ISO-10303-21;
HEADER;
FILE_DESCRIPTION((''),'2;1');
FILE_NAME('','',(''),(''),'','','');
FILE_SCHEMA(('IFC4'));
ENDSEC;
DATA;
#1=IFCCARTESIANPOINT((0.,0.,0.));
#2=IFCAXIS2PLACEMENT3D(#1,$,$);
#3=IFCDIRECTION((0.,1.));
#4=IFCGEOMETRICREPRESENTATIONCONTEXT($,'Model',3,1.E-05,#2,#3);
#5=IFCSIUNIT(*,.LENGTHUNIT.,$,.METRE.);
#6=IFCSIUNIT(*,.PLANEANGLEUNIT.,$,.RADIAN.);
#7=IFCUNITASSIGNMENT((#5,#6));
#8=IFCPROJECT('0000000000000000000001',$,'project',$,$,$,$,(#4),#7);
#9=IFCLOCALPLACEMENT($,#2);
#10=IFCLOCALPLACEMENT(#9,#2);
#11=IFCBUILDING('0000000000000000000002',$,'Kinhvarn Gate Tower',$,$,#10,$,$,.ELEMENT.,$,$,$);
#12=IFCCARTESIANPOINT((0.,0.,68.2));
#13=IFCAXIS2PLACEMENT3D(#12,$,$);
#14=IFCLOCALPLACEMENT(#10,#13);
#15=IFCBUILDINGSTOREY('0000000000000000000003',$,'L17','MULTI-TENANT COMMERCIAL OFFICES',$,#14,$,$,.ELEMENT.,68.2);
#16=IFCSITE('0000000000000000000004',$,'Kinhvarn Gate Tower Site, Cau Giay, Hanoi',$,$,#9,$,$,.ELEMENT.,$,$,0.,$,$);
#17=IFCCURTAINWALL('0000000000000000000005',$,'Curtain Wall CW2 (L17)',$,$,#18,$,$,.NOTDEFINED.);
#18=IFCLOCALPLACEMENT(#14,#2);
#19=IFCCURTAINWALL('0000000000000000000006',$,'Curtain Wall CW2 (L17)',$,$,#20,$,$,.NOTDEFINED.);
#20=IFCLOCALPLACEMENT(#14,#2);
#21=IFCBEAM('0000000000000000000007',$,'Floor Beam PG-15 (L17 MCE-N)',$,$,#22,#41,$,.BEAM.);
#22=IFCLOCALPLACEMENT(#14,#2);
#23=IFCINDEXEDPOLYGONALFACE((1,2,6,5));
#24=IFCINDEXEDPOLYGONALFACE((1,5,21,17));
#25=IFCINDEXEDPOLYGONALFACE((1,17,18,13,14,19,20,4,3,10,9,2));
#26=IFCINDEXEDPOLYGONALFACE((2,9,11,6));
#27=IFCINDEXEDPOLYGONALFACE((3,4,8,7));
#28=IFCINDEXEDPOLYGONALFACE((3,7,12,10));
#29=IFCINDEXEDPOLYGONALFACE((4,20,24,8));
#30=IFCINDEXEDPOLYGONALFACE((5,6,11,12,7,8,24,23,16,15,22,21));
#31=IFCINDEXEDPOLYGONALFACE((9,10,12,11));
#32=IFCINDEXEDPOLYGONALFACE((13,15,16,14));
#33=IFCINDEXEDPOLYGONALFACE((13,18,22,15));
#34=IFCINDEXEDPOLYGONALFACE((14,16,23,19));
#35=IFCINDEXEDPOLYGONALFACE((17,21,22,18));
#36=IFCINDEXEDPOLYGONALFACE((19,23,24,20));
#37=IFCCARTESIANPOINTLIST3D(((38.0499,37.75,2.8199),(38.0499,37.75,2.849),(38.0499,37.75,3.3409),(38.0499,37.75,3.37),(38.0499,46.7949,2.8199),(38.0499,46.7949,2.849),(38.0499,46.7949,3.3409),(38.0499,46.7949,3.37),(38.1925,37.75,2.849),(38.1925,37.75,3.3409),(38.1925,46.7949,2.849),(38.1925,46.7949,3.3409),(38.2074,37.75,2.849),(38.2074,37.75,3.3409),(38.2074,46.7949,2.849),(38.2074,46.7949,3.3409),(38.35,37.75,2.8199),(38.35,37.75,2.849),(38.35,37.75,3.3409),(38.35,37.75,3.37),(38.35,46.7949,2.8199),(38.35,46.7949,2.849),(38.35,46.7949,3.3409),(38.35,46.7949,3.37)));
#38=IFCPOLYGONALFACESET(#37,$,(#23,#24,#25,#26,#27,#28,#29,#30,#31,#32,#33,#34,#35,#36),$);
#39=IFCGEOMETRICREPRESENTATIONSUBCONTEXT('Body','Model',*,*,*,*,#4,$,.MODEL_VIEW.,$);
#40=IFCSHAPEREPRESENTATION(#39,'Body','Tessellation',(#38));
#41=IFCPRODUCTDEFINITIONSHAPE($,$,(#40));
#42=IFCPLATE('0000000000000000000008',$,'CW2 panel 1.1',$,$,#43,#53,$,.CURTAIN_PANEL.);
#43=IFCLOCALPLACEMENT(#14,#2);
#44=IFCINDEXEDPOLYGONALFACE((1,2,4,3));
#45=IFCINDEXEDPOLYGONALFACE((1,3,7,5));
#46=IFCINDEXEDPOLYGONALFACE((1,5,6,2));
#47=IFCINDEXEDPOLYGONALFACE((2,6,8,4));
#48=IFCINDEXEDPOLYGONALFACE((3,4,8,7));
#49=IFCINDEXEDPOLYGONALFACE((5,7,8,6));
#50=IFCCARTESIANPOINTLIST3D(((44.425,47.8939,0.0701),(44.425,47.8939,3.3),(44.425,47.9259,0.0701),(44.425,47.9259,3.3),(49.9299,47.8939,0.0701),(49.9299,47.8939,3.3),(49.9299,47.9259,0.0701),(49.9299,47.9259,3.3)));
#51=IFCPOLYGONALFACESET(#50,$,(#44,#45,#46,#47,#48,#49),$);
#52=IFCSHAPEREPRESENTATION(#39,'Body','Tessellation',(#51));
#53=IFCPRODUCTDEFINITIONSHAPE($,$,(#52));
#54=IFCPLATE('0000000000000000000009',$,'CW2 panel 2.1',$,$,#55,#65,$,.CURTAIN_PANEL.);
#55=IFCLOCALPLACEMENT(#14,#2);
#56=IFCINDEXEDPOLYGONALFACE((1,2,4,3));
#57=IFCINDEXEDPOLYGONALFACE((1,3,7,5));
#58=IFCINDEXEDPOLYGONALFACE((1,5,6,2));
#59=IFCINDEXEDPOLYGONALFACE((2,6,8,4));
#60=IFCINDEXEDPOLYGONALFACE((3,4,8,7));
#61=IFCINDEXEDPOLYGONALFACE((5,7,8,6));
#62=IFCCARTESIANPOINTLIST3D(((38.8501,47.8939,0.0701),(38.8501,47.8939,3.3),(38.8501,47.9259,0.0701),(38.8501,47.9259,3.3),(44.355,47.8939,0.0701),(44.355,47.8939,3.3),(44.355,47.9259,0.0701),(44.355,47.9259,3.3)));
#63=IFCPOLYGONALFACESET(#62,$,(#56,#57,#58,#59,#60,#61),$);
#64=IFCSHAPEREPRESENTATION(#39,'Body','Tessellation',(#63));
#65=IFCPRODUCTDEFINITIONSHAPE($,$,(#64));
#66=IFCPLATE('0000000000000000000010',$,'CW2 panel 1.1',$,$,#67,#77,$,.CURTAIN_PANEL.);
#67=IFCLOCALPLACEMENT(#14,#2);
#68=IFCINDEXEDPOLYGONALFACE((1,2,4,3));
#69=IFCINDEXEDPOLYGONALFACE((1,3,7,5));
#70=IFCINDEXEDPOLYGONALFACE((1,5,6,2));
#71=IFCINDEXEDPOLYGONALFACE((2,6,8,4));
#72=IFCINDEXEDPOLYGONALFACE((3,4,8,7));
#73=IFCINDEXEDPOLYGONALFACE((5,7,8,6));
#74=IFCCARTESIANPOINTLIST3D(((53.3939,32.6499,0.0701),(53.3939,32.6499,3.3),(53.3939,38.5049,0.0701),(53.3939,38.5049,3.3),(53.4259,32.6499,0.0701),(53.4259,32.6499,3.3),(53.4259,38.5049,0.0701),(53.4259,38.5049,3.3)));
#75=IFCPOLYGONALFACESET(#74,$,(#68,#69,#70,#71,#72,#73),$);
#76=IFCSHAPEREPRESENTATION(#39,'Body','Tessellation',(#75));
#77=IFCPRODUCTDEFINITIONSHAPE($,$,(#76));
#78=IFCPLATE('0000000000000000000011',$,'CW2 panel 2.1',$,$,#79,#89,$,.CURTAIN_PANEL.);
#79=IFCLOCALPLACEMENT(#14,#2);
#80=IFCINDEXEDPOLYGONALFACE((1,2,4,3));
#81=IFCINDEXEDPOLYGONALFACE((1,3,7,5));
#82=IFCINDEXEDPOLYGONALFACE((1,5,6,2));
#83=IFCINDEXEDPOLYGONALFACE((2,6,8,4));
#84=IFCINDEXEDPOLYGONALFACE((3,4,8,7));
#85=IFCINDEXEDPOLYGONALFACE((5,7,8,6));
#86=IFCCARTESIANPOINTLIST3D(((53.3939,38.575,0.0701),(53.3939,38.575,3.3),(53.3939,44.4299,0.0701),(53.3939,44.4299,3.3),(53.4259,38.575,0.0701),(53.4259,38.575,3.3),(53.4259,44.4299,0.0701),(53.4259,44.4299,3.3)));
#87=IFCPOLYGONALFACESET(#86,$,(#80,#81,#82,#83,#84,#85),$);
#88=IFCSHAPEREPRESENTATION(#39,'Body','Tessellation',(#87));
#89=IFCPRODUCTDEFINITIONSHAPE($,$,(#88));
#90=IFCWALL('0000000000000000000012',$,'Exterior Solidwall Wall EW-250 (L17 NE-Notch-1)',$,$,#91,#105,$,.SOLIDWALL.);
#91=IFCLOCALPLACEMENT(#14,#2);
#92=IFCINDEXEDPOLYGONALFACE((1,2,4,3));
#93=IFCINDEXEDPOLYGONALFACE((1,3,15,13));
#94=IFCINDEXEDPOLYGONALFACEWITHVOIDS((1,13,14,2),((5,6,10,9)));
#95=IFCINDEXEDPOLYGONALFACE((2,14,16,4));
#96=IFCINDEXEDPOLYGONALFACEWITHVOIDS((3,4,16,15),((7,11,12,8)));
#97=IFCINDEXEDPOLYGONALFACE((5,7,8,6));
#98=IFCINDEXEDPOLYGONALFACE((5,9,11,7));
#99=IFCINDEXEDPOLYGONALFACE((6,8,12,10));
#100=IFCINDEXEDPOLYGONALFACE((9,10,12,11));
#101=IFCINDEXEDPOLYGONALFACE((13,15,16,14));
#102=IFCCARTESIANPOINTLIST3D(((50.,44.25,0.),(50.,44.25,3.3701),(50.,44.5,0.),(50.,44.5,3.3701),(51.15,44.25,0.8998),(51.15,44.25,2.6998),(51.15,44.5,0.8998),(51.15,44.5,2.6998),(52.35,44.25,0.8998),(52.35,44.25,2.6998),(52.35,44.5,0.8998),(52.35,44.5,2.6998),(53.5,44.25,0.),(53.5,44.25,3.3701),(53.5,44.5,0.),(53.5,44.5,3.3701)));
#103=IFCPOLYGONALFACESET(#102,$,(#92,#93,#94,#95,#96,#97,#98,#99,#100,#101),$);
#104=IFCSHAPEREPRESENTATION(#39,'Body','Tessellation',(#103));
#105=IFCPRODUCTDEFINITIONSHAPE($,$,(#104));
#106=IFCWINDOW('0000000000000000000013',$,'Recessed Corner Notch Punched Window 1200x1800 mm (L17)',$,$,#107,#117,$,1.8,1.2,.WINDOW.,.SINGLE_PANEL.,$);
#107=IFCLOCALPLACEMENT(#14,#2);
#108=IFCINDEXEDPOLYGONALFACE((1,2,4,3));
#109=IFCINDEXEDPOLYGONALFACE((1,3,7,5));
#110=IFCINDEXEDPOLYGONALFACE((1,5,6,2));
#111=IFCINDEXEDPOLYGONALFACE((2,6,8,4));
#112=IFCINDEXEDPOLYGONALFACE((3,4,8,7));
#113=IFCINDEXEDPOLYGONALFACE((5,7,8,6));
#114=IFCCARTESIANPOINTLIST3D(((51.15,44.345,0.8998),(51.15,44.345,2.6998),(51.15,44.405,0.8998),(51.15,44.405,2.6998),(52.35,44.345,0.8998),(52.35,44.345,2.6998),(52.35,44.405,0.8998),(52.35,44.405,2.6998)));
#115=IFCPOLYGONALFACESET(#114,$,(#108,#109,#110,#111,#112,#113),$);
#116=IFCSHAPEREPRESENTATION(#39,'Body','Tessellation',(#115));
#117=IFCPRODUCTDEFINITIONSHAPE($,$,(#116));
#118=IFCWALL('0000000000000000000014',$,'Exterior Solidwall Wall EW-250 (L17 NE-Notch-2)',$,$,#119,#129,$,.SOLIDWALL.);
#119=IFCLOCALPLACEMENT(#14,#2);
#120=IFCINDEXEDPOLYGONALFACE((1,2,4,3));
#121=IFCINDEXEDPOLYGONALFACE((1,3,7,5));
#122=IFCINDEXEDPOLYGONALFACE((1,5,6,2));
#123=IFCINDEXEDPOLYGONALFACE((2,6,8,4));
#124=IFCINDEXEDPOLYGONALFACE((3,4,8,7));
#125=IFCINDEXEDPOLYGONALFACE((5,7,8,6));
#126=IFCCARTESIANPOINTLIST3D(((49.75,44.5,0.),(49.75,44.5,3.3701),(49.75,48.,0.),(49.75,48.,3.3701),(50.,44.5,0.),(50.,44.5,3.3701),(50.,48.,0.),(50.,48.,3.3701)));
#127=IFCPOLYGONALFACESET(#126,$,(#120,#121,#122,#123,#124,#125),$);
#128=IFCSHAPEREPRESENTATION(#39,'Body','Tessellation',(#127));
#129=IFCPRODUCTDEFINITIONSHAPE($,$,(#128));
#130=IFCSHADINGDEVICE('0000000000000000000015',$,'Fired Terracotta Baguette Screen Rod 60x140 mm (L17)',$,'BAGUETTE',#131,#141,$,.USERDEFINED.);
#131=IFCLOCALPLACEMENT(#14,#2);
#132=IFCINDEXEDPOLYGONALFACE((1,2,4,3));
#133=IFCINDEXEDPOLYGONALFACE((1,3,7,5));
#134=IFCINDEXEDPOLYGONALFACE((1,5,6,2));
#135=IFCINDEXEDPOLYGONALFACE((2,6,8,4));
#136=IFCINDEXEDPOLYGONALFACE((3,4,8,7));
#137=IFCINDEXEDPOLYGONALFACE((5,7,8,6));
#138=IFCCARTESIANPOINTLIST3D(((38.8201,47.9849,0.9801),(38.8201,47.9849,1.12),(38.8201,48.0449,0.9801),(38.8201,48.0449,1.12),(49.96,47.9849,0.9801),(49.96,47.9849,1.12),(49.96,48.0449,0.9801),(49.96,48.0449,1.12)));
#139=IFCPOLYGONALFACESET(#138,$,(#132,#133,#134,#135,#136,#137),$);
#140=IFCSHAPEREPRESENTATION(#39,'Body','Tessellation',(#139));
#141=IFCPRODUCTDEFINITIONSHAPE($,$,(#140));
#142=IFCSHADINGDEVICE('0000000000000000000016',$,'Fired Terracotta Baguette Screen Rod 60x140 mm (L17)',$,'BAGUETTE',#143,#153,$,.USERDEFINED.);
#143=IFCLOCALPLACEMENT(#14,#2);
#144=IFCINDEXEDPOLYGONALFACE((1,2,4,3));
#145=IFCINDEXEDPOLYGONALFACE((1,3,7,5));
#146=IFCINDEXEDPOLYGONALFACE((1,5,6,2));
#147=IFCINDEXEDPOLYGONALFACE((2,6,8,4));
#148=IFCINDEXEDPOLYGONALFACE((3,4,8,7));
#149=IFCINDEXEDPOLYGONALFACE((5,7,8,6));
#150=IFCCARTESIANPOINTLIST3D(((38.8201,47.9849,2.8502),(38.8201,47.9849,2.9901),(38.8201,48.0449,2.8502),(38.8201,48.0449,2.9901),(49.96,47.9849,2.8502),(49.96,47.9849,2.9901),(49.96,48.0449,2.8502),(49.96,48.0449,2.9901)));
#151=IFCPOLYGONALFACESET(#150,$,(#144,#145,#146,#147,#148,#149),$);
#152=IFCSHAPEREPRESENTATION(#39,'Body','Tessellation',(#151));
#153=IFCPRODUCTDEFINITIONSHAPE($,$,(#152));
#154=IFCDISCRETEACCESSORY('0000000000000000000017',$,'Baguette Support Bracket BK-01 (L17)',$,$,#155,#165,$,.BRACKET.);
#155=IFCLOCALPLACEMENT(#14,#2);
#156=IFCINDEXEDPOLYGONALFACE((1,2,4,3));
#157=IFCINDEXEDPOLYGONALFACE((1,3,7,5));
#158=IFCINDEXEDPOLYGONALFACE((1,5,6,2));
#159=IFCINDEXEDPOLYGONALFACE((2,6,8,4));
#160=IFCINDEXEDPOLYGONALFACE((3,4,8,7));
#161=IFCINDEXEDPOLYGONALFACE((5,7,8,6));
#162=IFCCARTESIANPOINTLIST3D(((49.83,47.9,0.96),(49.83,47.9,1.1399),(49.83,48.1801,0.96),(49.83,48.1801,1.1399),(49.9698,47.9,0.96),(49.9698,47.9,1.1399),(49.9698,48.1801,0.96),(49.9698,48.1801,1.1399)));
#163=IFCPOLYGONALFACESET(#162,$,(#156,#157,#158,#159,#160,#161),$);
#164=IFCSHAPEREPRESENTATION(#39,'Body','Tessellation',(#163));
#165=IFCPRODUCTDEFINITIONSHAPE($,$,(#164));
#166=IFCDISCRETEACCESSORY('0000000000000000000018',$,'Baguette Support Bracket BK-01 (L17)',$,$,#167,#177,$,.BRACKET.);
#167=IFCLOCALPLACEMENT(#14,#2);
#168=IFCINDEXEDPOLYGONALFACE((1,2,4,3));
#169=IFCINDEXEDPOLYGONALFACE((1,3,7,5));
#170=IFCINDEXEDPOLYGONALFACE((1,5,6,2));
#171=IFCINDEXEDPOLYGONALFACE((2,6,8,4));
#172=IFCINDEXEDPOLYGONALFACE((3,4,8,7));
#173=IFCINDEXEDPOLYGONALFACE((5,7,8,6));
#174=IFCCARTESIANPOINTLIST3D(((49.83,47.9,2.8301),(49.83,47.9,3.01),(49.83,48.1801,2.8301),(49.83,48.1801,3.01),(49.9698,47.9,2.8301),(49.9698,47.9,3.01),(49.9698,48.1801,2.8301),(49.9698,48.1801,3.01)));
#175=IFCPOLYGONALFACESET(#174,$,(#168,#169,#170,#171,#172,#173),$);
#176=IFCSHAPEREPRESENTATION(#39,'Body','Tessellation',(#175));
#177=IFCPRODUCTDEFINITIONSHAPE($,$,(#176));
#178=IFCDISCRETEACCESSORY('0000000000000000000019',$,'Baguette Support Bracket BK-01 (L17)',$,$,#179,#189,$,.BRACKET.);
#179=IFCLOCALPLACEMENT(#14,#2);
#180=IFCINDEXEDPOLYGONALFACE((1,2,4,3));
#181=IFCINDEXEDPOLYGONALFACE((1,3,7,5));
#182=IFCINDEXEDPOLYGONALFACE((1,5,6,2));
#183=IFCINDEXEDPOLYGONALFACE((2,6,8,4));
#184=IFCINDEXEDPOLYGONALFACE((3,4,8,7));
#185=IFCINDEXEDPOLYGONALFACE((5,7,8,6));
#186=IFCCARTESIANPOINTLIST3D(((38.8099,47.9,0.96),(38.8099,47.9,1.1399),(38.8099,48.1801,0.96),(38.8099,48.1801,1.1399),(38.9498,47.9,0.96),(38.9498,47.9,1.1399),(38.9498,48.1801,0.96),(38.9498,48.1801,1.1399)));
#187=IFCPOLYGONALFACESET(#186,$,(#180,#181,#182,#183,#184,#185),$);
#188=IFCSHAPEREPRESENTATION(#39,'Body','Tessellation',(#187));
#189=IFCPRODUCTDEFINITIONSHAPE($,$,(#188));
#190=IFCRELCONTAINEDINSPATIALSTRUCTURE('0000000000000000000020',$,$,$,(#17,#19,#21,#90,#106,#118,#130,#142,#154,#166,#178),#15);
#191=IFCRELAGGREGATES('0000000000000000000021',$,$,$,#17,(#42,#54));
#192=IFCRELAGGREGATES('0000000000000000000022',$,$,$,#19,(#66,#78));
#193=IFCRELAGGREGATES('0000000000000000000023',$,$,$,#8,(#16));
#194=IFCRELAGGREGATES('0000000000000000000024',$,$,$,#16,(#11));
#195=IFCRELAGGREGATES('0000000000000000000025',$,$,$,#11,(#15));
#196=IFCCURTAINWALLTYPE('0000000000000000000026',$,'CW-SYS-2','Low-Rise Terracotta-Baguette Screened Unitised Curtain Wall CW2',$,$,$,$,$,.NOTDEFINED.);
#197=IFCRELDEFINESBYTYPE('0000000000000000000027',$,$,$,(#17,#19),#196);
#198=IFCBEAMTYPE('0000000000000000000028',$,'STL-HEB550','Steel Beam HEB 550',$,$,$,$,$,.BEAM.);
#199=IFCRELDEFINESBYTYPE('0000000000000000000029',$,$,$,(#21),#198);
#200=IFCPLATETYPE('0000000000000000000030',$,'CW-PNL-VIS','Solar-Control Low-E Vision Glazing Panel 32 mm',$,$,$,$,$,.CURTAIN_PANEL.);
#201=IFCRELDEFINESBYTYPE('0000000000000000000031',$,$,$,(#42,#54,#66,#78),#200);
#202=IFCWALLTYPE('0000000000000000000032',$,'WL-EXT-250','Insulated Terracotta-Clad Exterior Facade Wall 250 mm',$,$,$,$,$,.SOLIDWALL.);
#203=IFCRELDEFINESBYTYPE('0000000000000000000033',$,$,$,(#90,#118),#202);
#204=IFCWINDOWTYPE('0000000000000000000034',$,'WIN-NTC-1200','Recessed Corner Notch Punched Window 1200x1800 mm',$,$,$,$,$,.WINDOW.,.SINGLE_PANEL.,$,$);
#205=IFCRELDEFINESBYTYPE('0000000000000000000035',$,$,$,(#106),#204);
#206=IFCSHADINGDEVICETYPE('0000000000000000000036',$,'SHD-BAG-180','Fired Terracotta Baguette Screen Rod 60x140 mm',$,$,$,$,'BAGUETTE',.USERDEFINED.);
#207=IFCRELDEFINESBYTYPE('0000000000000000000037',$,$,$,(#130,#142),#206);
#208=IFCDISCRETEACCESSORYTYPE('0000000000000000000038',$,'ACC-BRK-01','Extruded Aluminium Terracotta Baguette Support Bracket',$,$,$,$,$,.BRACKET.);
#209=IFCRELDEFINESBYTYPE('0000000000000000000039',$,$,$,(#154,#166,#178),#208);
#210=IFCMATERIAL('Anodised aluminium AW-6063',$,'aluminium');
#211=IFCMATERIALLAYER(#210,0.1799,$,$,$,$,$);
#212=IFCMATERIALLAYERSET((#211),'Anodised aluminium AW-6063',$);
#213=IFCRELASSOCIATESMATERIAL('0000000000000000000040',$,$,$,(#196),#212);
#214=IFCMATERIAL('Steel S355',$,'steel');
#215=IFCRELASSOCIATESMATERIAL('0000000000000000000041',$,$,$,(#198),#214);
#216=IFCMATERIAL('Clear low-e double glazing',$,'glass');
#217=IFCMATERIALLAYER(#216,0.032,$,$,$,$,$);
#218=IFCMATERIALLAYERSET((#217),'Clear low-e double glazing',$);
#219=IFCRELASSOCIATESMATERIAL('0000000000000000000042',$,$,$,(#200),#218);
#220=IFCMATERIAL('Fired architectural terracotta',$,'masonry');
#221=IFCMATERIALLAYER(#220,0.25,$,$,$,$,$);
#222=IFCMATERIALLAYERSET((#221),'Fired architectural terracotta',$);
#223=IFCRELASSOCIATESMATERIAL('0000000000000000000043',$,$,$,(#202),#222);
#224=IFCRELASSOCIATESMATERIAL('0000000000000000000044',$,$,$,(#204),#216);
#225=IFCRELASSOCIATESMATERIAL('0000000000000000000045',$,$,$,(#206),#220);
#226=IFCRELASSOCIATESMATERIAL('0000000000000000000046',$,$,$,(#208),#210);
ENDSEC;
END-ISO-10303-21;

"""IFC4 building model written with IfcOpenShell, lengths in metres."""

from ifc_helpers import new_model, si_unit, direction, frame, frame_2d, origin, origin_2d, place, context, subcontext, project, spatial, rectangle, i_section, extrude, material, layer, layer_set, material_profile, profile_set, type_object, element, fill, aggregate, save


model = new_model("IFC4")

# Units and contexts
model_context = context("Model", 3, precision=1e-05, world=origin(), true_north=direction((0.0, 1.0)))
body_context = subcontext(model_context, "Body", "Model", "MODEL_VIEW")
ifc_project = project(units=[si_unit("LENGTHUNIT", "METRE"), si_unit("PLANEANGLEUNIT", "RADIAN")], contexts=[model_context])

# Site, building, storey
site_placement = place(None, origin())
site = spatial("IfcSite", under=ifc_project, at=site_placement, Name="Kinhvarn Gate Tower Site, Cau Giay, Hanoi", CompositionType="ELEMENT", RefElevation=0.0)
building_placement = place(site_placement, origin())
building = spatial("IfcBuilding", under=site, at=building_placement, Name="Kinhvarn Gate Tower", CompositionType="ELEMENT")
storey_placement = place(building_placement, frame((0.0, 0.0, 68.2)))
storey = spatial("IfcBuildingStorey", under=building, at=storey_placement, Name="L17", Description="MULTI-TENANT COMMERCIAL OFFICES", CompositionType="ELEMENT", Elevation=68.2)

# Curtain wall
ifc_material_1 = material(Name="Anodised aluminium AW-6063", Category="aluminium")
ifc_layer_1 = layer(ifc_material_1, 0.1799)
ifc_layer_set_1 = layer_set([ifc_layer_1], Name="Anodised aluminium AW-6063")
curtain_wall_type = type_object("IfcCurtainWallType", Name="CW-SYS-2", Description="Low-Rise Terracotta-Baguette Screened Unitised Curtain Wall CW2", PredefinedType="NOTDEFINED", material=ifc_layer_set_1)
curtain_wall_1_placement = place(storey_placement, origin())
curtain_wall_1 = element("IfcCurtainWall", 1, at=curtain_wall_1_placement, inside=storey, type_object=curtain_wall_type, Name="Curtain Wall CW2 (L17)", PredefinedType="NOTDEFINED")

# Curtain wall
curtain_wall_2_placement = place(storey_placement, origin())
curtain_wall_2 = element("IfcCurtainWall", 2, at=curtain_wall_2_placement, inside=storey, type_object=curtain_wall_type, Name="Curtain Wall CW2 (L17)", PredefinedType="NOTDEFINED")

# Beam
ifc_material_2 = material(Name="Steel S355", Category="steel")
ifc_material_profile_1 = material_profile(ifc_material_2, i_section(OverallWidth=0.3, OverallDepth=0.55, WebThickness=0.0149, FlangeThickness=0.0291, at=origin_2d()), Name="HEB 550")
ifc_profile_set_1 = profile_set([ifc_material_profile_1], Name="Steel S355")
beam_type = type_object("IfcBeamType", Name="STL-HEB550", Description="Steel Beam HEB 550", PredefinedType="BEAM", material=ifc_profile_set_1)
beam_placement = place(storey_placement, frame((38.2, 37.75, 3.095), z_axis=(0.0, 1.0, 0.0), x_axis=(-1.0, 0.0, 0.0)))
element("IfcBeam", 3, at=beam_placement, inside=storey, type_object=beam_type, Name="Floor Beam PG-15 (L17 MCE-N)", PredefinedType="BEAM", context=body_context, shape_type="SweptSolid", body=[
    extrude(i_section(OverallWidth=0.3, OverallDepth=0.55, WebThickness=0.0149, FlangeThickness=0.0291, at=origin_2d()), origin(), (0.0, 0.0, 1.0), 9.0449),
])

# Plates
ifc_material_3 = material(Name="Clear low-e double glazing", Category="glass")
ifc_layer_2 = layer(ifc_material_3, 0.032)
ifc_layer_set_2 = layer_set([ifc_layer_2], Name="Clear low-e double glazing")
plate_type = type_object("IfcPlateType", Name="CW-PNL-VIS", Description="Solar-Control Low-E Vision Glazing Panel 32 mm", PredefinedType="CURTAIN_PANEL", material=ifc_layer_set_2)
plate_1_placement = place(storey_placement, frame((47.1775, 47.9099, 0.0701), z_axis=(0.0, 0.0, 1.0), x_axis=(-1.0, 0.0, 0.0)))
plate_1 = element("IfcPlate", 4, at=plate_1_placement, type_object=plate_type, Name="CW2 panel 1.1", PredefinedType="CURTAIN_PANEL", context=body_context, shape_type="SweptSolid", body=[
    extrude(rectangle(XDim=5.5049, YDim=0.032, at=origin_2d()), origin(), (0.0, 0.0, 1.0), 3.23),
])
plate_2_placement = place(storey_placement, frame((41.6025, 47.9099, 0.0701), z_axis=(0.0, 0.0, 1.0), x_axis=(-1.0, 0.0, 0.0)))
plate_2 = element("IfcPlate", 5, at=plate_2_placement, type_object=plate_type, Name="CW2 panel 2.1", PredefinedType="CURTAIN_PANEL", context=body_context, shape_type="SweptSolid", body=[
    extrude(rectangle(XDim=5.5049, YDim=0.032, at=origin_2d()), origin(), (0.0, 0.0, 1.0), 3.23),
])
aggregate(curtain_wall_1, [plate_1, plate_2])
plate_3_placement = place(storey_placement, frame((53.4099, 35.5774, 0.0701), z_axis=(0.0, 0.0, 1.0), x_axis=(0.0, 1.0, 0.0)))
plate_3 = element("IfcPlate", 6, at=plate_3_placement, type_object=plate_type, Name="CW2 panel 1.1", PredefinedType="CURTAIN_PANEL", context=body_context, shape_type="SweptSolid", body=[
    extrude(rectangle(XDim=5.855, YDim=0.032, at=origin_2d()), origin(), (0.0, 0.0, 1.0), 3.23),
])
plate_4_placement = place(storey_placement, frame((53.4099, 41.5024, 0.0701), z_axis=(0.0, 0.0, 1.0), x_axis=(0.0, 1.0, 0.0)))
plate_4 = element("IfcPlate", 7, at=plate_4_placement, type_object=plate_type, Name="CW2 panel 2.1", PredefinedType="CURTAIN_PANEL", context=body_context, shape_type="SweptSolid", body=[
    extrude(rectangle(XDim=5.855, YDim=0.032, at=origin_2d()), origin(), (0.0, 0.0, 1.0), 3.23),
])
aggregate(curtain_wall_2, [plate_3, plate_4])

# Wall, opening, window
ifc_material_4 = material(Name="Fired architectural terracotta", Category="masonry")
ifc_layer_3 = layer(ifc_material_4, 0.25)
ifc_layer_set_3 = layer_set([ifc_layer_3], Name="Fired architectural terracotta")
wall_type = type_object("IfcWallType", Name="WL-EXT-250", Description="Insulated Terracotta-Clad Exterior Facade Wall 250 mm", PredefinedType="SOLIDWALL", material=ifc_layer_set_3)
wall_1_placement = place(storey_placement, frame((53.5, 44.375, 0.0), z_axis=(0.0, 0.0, 1.0), x_axis=(-1.0, 0.0, 0.0)))
wall_1 = element("IfcWall", 8, at=wall_1_placement, inside=storey, type_object=wall_type, Name="Exterior Solidwall Wall EW-250 (L17 NE-Notch-1)", PredefinedType="SOLIDWALL", context=body_context, shape_type="SweptSolid", body=[
    extrude(rectangle(XDim=3.5, YDim=0.25, at=frame_2d((1.75, 0.0))), origin(), (0.0, 0.0, 1.0), 3.3701),
])
opening_placement = place(wall_1_placement, frame((1.1499, 0.0, 0.8999)))
opening = element("IfcOpeningElement", 9, at=opening_placement, cuts=wall_1, PredefinedType="OPENING", context=body_context, shape_type="SweptSolid", body=[
    extrude(rectangle(XDim=1.2, YDim=1.8, at=frame_2d((0.6001, 0.8999))), frame((0.0, 0.135, 0.0), z_axis=(0.0, -1.0, 0.0), x_axis=(1.0, 0.0, 0.0)), (0.0, 0.0, 1.0), 0.27),
])
window_type = type_object("IfcWindowType", Name="WIN-NTC-1200", Description="Recessed Corner Notch Punched Window 1200x1800 mm", PartitioningType="SINGLE_PANEL", PredefinedType="WINDOW", material=ifc_material_3)
window_placement = place(opening_placement, origin())
window = element("IfcWindow", 10, at=window_placement, inside=storey, type_object=window_type, Name="Recessed Corner Notch Punched Window 1200x1800 mm (L17)", OverallHeight=1.8, OverallWidth=1.2, PartitioningType="SINGLE_PANEL", PredefinedType="WINDOW", context=body_context, shape_type="SweptSolid", body=[
    extrude(rectangle(XDim=1.2, YDim=1.8, at=frame_2d((0.6001, 0.8999))), frame((0.0, 0.03, 0.0), z_axis=(0.0, -1.0, 0.0), x_axis=(1.0, 0.0, 0.0)), (0.0, 0.0, 1.0), 0.0601),
])
fill(opening, window)

# Wall
wall_2_placement = place(storey_placement, frame((49.875, 44.5, 0.0), z_axis=(0.0, 0.0, 1.0), x_axis=(0.0, 1.0, 0.0)))
element("IfcWall", 11, at=wall_2_placement, inside=storey, type_object=wall_type, Name="Exterior Solidwall Wall EW-250 (L17 NE-Notch-2)", PredefinedType="SOLIDWALL", context=body_context, shape_type="SweptSolid", body=[
    extrude(rectangle(XDim=3.5, YDim=0.25, at=frame_2d((1.75, 0.0))), origin(), (0.0, 0.0, 1.0), 3.3701),
])

# Shading devices
ifc_material_profile_2 = material_profile(ifc_material_4, rectangle(XDim=0.0601, YDim=0.1399, at=origin_2d()), Name="TC 60x140")
ifc_profile_set_2 = profile_set([ifc_material_profile_2], Name="Fired architectural terracotta")
shading_device_type = type_object("IfcShadingDeviceType", Name="SHD-BAG-180", Description="Fired Terracotta Baguette Screen Rod 60x140 mm", ElementType="BAGUETTE", PredefinedType="USERDEFINED", material=ifc_profile_set_2)
for number, where, z_axis, x_axis, name in (
    (12, (49.96, 48.0149, 1.05), (-1.0, 0.0, 0.0), (0.0, -1.0, 0.0), "Fired Terracotta Baguette Screen Rod 60x140 mm (L17)"),
    (13, (49.96, 48.0149, 2.9202), (-1.0, 0.0, 0.0), (0.0, -1.0, 0.0), "Fired Terracotta Baguette Screen Rod 60x140 mm (L17)"),
):
    element("IfcShadingDevice", number, at=place(storey_placement, frame(where, z_axis=z_axis, x_axis=x_axis)), inside=storey, type_object=shading_device_type, Name=name, ObjectType="BAGUETTE", PredefinedType="USERDEFINED", context=body_context, shape_type="SweptSolid", body=[
        extrude(rectangle(XDim=0.0601, YDim=0.1399, at=origin_2d()), origin(), (0.0, 0.0, 1.0), 11.1399),
    ])

# Discrete accessories
discrete_accessory_type = type_object("IfcDiscreteAccessoryType", Name="ACC-BRK-01", Description="Extruded Aluminium Terracotta Baguette Support Bracket", PredefinedType="BRACKET", material=ifc_material_1)
for number, where, z_axis, x_axis, name in (
    (14, (49.8999, 48.04, 0.96), (0.0, 0.0, 1.0), (-1.0, 0.0, 0.0), "Baguette Support Bracket BK-01 (L17)"),
    (15, (49.8999, 48.04, 2.8301), (0.0, 0.0, 1.0), (-1.0, 0.0, 0.0), "Baguette Support Bracket BK-01 (L17)"),
    (16, (38.8799, 48.04, 0.96), (0.0, 0.0, 1.0), (-1.0, 0.0, 0.0), "Baguette Support Bracket BK-01 (L17)"),
):
    element("IfcDiscreteAccessory", number, at=place(storey_placement, frame(where, z_axis=z_axis, x_axis=x_axis)), inside=storey, type_object=discrete_accessory_type, Name=name, PredefinedType="BRACKET", context=body_context, shape_type="SweptSolid", body=[
        extrude(rectangle(XDim=0.1399, YDim=0.28, at=origin_2d()), origin(), (0.0, 0.0, 1.0), 0.1799),
    ])

save(model, "model.ifc")
